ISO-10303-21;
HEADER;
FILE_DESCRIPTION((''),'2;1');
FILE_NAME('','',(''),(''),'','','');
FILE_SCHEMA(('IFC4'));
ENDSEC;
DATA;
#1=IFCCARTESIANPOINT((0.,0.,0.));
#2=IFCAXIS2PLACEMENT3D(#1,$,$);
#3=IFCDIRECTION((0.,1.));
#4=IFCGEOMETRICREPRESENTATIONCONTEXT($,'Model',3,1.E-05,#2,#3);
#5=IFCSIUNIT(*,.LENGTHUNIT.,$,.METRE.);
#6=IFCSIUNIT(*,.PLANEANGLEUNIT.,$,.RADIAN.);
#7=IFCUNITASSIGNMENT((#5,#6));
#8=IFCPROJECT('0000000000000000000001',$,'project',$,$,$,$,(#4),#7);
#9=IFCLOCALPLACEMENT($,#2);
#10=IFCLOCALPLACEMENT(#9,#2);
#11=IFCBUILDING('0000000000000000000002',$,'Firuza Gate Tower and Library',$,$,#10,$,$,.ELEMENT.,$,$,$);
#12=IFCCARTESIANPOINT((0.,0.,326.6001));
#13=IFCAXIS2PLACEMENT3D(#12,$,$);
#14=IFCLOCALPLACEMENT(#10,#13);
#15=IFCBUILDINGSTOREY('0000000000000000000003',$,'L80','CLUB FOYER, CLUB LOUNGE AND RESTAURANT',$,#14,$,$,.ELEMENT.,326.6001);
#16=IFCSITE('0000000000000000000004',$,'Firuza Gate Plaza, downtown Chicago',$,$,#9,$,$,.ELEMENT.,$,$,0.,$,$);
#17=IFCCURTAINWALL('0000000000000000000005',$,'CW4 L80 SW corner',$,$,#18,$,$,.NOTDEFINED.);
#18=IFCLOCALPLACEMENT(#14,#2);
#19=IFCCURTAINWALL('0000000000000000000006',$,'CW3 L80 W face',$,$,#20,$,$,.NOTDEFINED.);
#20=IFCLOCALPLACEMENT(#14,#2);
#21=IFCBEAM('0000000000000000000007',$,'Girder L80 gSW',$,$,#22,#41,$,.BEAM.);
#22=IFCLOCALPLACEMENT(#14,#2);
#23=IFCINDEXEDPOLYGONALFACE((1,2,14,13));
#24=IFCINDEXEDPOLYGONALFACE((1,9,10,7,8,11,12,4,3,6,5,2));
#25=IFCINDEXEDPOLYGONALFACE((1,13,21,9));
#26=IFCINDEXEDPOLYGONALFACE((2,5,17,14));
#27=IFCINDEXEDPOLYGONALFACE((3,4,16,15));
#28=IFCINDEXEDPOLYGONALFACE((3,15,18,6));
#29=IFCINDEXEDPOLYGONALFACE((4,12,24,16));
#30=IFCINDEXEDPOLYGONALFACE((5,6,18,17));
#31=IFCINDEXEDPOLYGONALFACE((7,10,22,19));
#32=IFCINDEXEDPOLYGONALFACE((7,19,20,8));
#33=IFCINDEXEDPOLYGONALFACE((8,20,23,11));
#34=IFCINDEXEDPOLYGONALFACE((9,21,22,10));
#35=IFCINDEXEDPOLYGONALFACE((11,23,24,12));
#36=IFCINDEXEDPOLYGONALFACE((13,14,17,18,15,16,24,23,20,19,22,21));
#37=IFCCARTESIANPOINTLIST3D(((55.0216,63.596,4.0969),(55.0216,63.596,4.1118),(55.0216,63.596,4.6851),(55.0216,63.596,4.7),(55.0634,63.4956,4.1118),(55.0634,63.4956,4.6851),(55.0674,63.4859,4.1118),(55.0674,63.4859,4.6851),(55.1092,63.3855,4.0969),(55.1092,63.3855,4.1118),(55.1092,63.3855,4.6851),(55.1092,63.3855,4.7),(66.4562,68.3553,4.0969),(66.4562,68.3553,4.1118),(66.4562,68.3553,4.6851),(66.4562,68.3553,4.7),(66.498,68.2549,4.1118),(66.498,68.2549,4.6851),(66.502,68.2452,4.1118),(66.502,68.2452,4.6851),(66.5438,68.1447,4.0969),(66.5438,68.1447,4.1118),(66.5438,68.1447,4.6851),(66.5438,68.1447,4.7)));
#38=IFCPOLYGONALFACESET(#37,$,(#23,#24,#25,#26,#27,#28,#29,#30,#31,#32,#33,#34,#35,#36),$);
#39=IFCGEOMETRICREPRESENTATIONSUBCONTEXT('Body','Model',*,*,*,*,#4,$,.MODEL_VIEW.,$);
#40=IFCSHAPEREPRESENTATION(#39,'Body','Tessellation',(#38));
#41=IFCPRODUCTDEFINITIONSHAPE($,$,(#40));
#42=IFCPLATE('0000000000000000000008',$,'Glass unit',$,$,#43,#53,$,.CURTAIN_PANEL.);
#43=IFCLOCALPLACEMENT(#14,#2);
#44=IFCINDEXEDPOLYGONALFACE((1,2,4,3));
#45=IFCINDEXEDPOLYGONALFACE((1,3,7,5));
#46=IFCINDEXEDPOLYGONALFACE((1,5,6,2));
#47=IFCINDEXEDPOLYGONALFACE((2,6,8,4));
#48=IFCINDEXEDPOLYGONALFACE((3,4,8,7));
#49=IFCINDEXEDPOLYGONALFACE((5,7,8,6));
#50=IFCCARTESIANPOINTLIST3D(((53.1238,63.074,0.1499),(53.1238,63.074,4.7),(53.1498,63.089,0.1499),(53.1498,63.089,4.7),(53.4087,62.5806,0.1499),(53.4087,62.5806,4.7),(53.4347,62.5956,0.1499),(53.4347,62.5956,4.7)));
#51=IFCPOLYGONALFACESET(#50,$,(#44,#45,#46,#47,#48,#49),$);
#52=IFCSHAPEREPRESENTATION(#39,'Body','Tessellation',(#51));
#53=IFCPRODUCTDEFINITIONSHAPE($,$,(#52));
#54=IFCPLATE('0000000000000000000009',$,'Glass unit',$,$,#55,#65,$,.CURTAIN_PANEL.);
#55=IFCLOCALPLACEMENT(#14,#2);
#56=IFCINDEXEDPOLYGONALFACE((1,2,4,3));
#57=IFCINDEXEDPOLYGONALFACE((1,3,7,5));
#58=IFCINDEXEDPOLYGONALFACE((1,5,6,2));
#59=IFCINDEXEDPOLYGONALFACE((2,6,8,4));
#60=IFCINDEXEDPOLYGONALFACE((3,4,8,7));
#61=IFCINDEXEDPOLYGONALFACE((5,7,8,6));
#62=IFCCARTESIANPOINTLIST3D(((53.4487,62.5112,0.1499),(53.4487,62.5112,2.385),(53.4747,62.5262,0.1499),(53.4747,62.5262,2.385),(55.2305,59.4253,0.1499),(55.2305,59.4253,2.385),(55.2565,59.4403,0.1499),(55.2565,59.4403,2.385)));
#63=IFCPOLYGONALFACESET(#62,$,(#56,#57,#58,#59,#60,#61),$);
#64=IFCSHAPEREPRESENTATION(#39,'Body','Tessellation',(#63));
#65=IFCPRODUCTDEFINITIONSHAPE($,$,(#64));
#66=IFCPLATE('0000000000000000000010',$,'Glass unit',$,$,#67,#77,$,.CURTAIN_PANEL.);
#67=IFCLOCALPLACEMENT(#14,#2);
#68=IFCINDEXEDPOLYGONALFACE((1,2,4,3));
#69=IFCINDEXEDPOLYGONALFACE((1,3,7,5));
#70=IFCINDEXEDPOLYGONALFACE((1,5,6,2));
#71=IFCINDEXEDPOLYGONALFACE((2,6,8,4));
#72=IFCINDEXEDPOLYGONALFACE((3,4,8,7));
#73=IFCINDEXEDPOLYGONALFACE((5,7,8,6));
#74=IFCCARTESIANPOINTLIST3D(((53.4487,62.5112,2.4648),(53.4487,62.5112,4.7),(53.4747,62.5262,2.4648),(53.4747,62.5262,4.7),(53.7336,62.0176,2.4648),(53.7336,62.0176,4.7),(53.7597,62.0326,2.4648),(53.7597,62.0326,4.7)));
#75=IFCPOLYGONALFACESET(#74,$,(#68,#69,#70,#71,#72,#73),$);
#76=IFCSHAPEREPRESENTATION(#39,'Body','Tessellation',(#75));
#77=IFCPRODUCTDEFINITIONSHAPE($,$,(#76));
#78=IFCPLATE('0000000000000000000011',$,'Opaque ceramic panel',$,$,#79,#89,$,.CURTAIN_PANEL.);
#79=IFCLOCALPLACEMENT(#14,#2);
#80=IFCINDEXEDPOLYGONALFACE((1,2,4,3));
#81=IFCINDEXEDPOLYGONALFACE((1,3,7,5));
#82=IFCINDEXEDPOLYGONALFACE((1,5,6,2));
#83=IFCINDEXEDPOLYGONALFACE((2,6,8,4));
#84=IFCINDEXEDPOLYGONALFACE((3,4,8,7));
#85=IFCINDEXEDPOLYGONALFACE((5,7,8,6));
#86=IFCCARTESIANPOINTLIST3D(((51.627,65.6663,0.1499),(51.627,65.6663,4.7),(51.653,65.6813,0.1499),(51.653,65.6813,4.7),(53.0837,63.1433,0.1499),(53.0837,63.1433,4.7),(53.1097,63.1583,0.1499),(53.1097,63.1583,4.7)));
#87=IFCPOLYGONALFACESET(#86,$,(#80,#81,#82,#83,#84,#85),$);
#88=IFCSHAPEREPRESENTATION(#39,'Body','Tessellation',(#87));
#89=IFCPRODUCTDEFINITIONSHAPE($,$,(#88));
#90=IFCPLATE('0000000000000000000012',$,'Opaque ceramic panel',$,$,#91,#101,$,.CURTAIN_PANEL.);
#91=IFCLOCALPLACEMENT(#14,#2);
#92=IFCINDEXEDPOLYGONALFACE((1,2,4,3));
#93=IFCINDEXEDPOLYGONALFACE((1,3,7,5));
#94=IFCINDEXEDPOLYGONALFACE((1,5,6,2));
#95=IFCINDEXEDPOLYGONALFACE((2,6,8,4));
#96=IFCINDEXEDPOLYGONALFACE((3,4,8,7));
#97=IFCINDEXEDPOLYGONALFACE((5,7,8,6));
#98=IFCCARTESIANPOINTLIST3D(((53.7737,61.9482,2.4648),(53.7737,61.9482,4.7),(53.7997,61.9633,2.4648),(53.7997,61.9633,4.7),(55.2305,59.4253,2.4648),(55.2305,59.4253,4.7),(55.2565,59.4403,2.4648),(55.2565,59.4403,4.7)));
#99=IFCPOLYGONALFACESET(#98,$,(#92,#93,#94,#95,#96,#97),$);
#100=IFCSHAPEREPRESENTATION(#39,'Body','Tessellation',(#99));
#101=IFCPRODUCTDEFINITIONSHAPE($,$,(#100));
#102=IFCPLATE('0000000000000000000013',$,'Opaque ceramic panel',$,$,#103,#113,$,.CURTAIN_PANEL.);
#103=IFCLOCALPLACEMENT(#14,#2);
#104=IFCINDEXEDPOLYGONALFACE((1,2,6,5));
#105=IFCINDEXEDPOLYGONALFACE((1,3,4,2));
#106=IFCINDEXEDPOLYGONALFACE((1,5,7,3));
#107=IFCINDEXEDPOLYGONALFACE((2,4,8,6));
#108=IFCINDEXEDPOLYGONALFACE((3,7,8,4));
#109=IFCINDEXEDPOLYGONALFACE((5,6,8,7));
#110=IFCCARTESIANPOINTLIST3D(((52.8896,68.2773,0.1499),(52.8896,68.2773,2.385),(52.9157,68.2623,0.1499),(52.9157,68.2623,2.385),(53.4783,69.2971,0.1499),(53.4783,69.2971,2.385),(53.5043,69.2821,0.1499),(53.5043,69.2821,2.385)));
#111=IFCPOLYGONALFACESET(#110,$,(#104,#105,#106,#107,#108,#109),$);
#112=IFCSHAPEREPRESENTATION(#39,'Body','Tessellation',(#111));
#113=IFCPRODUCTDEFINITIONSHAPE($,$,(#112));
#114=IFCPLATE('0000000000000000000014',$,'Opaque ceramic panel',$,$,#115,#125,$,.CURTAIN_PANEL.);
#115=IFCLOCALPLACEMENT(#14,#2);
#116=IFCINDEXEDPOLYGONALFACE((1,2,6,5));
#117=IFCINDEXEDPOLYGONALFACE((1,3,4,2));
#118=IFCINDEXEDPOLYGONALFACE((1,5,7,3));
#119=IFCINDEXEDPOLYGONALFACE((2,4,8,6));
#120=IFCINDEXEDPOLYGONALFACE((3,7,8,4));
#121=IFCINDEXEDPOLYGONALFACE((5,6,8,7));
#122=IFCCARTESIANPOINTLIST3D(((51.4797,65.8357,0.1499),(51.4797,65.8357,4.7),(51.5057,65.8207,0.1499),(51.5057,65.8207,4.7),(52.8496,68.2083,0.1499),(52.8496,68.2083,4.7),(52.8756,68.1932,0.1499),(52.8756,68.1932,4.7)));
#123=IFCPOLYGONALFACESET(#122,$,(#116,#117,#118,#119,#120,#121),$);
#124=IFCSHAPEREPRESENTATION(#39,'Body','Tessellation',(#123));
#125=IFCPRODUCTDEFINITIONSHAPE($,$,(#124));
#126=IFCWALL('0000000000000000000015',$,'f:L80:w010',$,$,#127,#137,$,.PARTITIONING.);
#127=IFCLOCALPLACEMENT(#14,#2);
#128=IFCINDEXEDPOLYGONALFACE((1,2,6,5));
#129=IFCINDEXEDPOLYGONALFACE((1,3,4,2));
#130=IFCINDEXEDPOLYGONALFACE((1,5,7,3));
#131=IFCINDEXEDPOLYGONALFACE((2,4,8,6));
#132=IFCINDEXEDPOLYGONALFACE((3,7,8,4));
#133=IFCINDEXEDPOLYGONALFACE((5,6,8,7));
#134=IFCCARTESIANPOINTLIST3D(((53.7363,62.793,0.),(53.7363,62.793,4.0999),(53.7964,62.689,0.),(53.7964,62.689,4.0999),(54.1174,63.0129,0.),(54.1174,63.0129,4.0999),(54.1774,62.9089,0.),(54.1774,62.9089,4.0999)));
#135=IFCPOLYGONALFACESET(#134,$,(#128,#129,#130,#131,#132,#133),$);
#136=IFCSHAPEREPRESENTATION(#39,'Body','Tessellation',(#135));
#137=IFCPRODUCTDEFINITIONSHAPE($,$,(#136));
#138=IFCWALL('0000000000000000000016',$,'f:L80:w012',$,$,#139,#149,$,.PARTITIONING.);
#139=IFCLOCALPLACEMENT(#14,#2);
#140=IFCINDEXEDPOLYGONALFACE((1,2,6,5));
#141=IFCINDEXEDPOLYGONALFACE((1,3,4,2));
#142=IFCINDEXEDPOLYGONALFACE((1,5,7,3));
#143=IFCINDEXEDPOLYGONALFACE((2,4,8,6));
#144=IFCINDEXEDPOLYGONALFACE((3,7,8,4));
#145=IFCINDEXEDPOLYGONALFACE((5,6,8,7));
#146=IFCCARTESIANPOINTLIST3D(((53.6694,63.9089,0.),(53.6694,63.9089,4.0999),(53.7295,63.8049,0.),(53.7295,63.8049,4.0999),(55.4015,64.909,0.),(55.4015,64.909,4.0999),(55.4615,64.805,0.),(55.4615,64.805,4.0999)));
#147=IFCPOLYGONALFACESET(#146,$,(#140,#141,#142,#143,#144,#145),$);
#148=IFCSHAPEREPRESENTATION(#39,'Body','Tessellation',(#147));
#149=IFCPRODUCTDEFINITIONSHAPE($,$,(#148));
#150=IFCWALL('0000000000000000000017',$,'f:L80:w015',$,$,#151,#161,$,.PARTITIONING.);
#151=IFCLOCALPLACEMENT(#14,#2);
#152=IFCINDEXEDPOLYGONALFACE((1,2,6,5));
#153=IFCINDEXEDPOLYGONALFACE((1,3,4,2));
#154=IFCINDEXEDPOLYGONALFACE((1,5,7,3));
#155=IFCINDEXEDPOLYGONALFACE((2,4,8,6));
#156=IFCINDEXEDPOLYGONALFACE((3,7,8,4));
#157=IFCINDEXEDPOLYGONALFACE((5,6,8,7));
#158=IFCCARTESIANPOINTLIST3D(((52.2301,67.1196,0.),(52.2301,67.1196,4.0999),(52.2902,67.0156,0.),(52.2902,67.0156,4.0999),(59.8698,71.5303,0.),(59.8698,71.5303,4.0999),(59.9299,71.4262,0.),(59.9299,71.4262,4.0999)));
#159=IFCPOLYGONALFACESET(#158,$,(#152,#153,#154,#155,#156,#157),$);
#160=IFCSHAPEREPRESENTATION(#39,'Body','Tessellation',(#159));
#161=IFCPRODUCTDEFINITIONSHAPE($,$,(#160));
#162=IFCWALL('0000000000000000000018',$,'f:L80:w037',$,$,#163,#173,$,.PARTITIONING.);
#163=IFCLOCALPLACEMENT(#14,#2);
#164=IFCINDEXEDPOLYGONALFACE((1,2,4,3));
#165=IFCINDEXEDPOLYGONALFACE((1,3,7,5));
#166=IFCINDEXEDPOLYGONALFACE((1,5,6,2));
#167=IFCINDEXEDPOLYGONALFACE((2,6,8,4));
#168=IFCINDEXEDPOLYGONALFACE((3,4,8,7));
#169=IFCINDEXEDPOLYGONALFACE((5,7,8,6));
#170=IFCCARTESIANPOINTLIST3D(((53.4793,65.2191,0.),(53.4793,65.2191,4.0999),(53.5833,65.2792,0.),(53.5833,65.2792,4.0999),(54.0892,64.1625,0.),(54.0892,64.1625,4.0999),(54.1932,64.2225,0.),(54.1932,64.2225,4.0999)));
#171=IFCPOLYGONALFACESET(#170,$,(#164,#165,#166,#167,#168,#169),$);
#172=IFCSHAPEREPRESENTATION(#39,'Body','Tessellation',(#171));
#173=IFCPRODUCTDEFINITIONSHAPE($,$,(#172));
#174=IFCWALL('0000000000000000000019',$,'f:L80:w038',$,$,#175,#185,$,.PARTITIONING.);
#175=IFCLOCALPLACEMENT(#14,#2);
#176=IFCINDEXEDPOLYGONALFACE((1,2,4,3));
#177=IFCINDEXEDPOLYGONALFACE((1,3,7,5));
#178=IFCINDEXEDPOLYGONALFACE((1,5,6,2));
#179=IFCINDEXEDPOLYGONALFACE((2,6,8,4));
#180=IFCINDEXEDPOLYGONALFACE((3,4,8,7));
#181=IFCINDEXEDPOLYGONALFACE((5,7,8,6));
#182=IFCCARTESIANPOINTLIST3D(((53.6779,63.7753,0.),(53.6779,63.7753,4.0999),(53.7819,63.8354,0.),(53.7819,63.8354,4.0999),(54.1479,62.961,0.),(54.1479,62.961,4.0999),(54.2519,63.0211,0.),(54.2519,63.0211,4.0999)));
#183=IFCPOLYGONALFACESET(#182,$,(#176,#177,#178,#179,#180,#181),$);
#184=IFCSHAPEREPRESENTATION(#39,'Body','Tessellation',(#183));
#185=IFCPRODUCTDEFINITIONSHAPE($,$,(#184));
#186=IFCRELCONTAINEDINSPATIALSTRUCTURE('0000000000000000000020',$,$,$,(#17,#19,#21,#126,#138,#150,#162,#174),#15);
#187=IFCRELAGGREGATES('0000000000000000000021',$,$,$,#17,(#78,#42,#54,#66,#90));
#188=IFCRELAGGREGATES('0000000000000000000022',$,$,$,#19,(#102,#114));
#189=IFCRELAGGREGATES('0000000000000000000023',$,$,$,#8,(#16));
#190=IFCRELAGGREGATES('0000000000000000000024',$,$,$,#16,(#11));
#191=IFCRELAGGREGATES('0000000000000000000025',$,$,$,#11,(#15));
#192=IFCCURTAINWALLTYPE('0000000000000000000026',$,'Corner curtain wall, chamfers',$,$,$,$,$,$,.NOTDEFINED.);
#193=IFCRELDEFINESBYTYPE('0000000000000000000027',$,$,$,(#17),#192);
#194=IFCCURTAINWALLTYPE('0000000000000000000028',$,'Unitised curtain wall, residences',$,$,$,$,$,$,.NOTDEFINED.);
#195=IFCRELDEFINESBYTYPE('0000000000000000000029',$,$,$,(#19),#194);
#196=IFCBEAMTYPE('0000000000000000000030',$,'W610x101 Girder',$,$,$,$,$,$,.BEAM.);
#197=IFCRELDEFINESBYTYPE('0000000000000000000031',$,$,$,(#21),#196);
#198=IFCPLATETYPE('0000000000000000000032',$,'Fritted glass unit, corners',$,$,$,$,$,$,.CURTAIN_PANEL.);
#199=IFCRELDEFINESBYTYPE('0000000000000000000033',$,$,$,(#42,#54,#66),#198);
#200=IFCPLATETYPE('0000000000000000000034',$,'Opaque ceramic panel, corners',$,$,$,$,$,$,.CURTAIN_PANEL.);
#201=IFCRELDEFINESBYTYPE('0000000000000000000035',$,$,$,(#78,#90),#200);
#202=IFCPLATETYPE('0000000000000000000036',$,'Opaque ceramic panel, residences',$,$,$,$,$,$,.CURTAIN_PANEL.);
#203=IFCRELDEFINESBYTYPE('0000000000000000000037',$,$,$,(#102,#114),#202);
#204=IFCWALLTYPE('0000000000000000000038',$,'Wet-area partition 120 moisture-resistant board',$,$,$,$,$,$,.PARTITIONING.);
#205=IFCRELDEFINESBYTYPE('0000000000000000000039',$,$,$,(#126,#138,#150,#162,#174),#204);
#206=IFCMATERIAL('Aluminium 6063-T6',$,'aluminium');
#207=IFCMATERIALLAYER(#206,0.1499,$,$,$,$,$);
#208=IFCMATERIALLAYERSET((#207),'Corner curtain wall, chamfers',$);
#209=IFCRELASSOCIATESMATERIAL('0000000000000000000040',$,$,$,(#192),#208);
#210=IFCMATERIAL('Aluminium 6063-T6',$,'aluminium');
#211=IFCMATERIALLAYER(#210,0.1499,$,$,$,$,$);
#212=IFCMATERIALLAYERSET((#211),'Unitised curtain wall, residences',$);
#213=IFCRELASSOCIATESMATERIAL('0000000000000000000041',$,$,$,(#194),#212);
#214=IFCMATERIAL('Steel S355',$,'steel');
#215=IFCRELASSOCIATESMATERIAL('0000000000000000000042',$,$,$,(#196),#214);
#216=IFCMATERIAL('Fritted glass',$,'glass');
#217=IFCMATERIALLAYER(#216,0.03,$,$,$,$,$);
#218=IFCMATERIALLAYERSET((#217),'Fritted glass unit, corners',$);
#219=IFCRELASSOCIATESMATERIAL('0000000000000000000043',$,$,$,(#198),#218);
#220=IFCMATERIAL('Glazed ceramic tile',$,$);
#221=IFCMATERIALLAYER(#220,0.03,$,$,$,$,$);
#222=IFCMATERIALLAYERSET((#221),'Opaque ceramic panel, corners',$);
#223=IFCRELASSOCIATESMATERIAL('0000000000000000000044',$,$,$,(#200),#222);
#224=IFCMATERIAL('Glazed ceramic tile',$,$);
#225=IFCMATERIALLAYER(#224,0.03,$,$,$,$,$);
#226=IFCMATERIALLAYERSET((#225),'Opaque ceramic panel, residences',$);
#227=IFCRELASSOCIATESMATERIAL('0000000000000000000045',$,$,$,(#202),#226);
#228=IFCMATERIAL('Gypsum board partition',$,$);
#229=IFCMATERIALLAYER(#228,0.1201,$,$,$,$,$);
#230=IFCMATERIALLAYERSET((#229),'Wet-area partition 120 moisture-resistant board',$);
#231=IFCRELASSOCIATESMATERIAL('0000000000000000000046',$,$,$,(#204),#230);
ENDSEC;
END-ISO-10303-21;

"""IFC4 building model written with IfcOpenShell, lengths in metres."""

from ifc_helpers import new_model, si_unit, direction, frame, frame_2d, origin, origin_2d, place, context, subcontext, project, spatial, polyline, rectangle, i_section, outline, extrude, material, layer, layer_set, material_profile, profile_set, type_object, element, aggregate, save


model = new_model("IFC4")

# Units and contexts
model_context = context("Model", 3, precision=1e-05, world=origin(), true_north=direction((0.0, 1.0)))
body_context = subcontext(model_context, "Body", "Model", "MODEL_VIEW")
ifc_project = project(units=[si_unit("LENGTHUNIT", "METRE"), si_unit("PLANEANGLEUNIT", "RADIAN")], contexts=[model_context])

# Site, building, storey
site_placement = place(None, origin())
site = spatial("IfcSite", under=ifc_project, at=site_placement, Name="Firuza Gate Plaza, downtown Chicago", CompositionType="ELEMENT", RefElevation=0.0)
building_placement = place(site_placement, origin())
building = spatial("IfcBuilding", under=site, at=building_placement, Name="Firuza Gate Tower and Library", CompositionType="ELEMENT")
storey_placement = place(building_placement, frame((0.0, 0.0, 326.6001)))
storey = spatial("IfcBuildingStorey", under=building, at=storey_placement, Name="L80", Description="CLUB FOYER, CLUB LOUNGE AND RESTAURANT", CompositionType="ELEMENT", Elevation=326.6001)

# Curtain walls
ifc_material_1 = material(Name="Aluminium 6063-T6", Category="aluminium")
ifc_layer_1 = layer(ifc_material_1, 0.1499)
ifc_layer_set_1 = layer_set([ifc_layer_1], Name="Corner curtain wall, chamfers")
curtain_wall_type_1 = type_object("IfcCurtainWallType", Name="Corner curtain wall, chamfers", PredefinedType="NOTDEFINED", material=ifc_layer_set_1)
placement = place(storey_placement, origin())
curtain_wall_1 = element("IfcCurtainWall", 1, at=placement, inside=storey, type_object=curtain_wall_type_1, Name="CW4 L80 SW corner", PredefinedType="NOTDEFINED")
ifc_material_2 = material(Name="Aluminium 6063-T6", Category="aluminium")
ifc_layer_2 = layer(ifc_material_2, 0.1499)
ifc_layer_set_2 = layer_set([ifc_layer_2], Name="Unitised curtain wall, residences")
curtain_wall_type_2 = type_object("IfcCurtainWallType", Name="Unitised curtain wall, residences", PredefinedType="NOTDEFINED", material=ifc_layer_set_2)
curtain_wall_2 = element("IfcCurtainWall", 2, at=placement, inside=storey, type_object=curtain_wall_type_2, Name="CW3 L80 W face", PredefinedType="NOTDEFINED")

# Beam
ifc_material_3 = material(Name="Steel S355", Category="steel")
ifc_material_profile_1 = material_profile(ifc_material_3, i_section(OverallWidth=0.228, OverallDepth=0.603, WebThickness=0.0105, FlangeThickness=0.0149, at=origin_2d()))
ifc_profile_set_1 = profile_set([ifc_material_profile_1], Name="Steel S355")
beam_type_1 = type_object("IfcBeamType", Name="W610x101 Girder", PredefinedType="BEAM", material=ifc_profile_set_1)
beam_1_placement = place(storey_placement, frame((55.0654, 63.4907, 4.3984), z_axis=(0.923224, 0.384263, 0.0), x_axis=(-0.384263, 0.923224, 0.0)))
element("IfcBeam", 3, at=beam_1_placement, inside=storey, type_object=beam_type_1, Name="Girder L80 gSW", PredefinedType="BEAM", context=body_context, shape_type="SweptSolid", body=[
    extrude(i_section(OverallWidth=0.228, OverallDepth=0.603, WebThickness=0.0105, FlangeThickness=0.0149, at=origin_2d()), origin(), (0.0, 0.0, 1.0), 12.3855),
])

# Plates
ifc_material_4 = material(Name="Fritted glass", Category="glass")
ifc_layer_3 = layer(ifc_material_4, 0.03)
ifc_layer_set_3 = layer_set([ifc_layer_3], Name="Fritted glass unit, corners")
plate_type_1 = type_object("IfcPlateType", Name="Fritted glass unit, corners", PredefinedType="CURTAIN_PANEL", material=ifc_layer_set_3)
plate_1_placement = place(storey_placement, frame((53.1238, 63.074, 0.1499), z_axis=(-0.865993, -0.500056, 0.0), x_axis=(0.500056, -0.865993, 0.0)))
plate_1 = element("IfcPlate", 4, at=plate_1_placement, type_object=plate_type_1, Name="Glass unit", PredefinedType="CURTAIN_PANEL", context=body_context, shape_type="SweptSolid", body=[
    extrude(outline(polyline([(0.0, 0.0), (0.5698, 0.0), (0.5698, 4.55), (0.0, 4.55), (0.0, 0.0)])), origin(), (0.0, 0.0, -1.0), 0.03),
])
plate_2_placement = place(storey_placement, frame((53.4487, 62.5112, 0.1499), z_axis=(-0.866017, -0.500015, 0.0), x_axis=(0.500015, -0.866017, 0.0)))
plate_2 = element("IfcPlate", 5, at=plate_2_placement, type_object=plate_type_1, Name="Glass unit", PredefinedType="CURTAIN_PANEL", context=body_context, shape_type="SweptSolid", body=[
    extrude(outline(polyline([(0.0, 0.0), (3.5634, 0.0), (3.5634, 2.2351), (0.0, 2.2351), (0.0, 0.0)])), origin(), (0.0, 0.0, -1.0), 0.03),
])
plate_3_placement = place(storey_placement, frame((53.4487, 62.5112, 2.4648), z_axis=(-0.8661, -0.499871, 0.0), x_axis=(0.499871, -0.8661, 0.0)))
plate_3 = element("IfcPlate", 6, at=plate_3_placement, type_object=plate_type_1, Name="Glass unit", PredefinedType="CURTAIN_PANEL", context=body_context, shape_type="SweptSolid", body=[
    extrude(outline(polyline([(0.0, 0.0), (0.57, 0.0), (0.57, 2.2351), (0.0, 2.2351), (0.0, 0.0)])), origin(), (0.0, 0.0, -1.0), 0.03),
])
ifc_material_5 = material(Name="Glazed ceramic tile")
ifc_layer_4 = layer(ifc_material_5, 0.03)
ifc_layer_set_4 = layer_set([ifc_layer_4], Name="Opaque ceramic panel, corners")
plate_type_2 = type_object("IfcPlateType", Name="Opaque ceramic panel, corners", PredefinedType="CURTAIN_PANEL", material=ifc_layer_set_4)
plate_4_placement = place(storey_placement, frame((51.627, 65.6663, 0.1499), z_axis=(-0.866001, -0.500042, 0.0), x_axis=(0.500042, -0.866001, 0.0)))
plate_4 = element("IfcPlate", 7, at=plate_4_placement, type_object=plate_type_2, Name="Opaque ceramic panel", PredefinedType="CURTAIN_PANEL", context=body_context, shape_type="SweptSolid", body=[
    extrude(outline(polyline([(0.0, 0.0), (2.9133, 0.0), (2.9133, 4.55), (0.0, 4.55), (0.0, 0.0)])), origin(), (0.0, 0.0, -1.0), 0.03),
])
plate_5_placement = place(storey_placement, frame((53.7737, 61.9482, 2.4648), z_axis=(-0.866001, -0.500042, 0.0), x_axis=(0.500042, -0.866001, 0.0)))
plate_5 = element("IfcPlate", 8, at=plate_5_placement, type_object=plate_type_2, Name="Opaque ceramic panel", PredefinedType="CURTAIN_PANEL", context=body_context, shape_type="SweptSolid", body=[
    extrude(outline(polyline([(0.0, 0.0), (2.9133, 0.0), (2.9133, 2.2351), (0.0, 2.2351), (0.0, 0.0)])), origin(), (0.0, 0.0, -1.0), 0.03),
])
aggregate(curtain_wall_1, [plate_4, plate_1, plate_2, plate_3, plate_5])
ifc_material_6 = material(Name="Glazed ceramic tile")
ifc_layer_5 = layer(ifc_material_6, 0.03)
ifc_layer_set_5 = layer_set([ifc_layer_5], Name="Opaque ceramic panel, residences")
plate_type_3 = type_object("IfcPlateType", Name="Opaque ceramic panel, residences", PredefinedType="CURTAIN_PANEL", material=ifc_layer_set_5)
plate_6_placement = place(storey_placement, frame((53.4783, 69.2971, 0.1499), z_axis=(-0.866079, 0.499908, 0.0), x_axis=(-0.499908, -0.866079, 0.0)))
plate_6 = element("IfcPlate", 9, at=plate_6_placement, type_object=plate_type_3, Name="Opaque ceramic panel", PredefinedType="CURTAIN_PANEL", context=body_context, shape_type="SweptSolid", body=[
    extrude(outline(polyline([(0.0, 0.0), (1.1775, 0.0), (1.1775, 2.2351), (0.0, 2.2351), (0.0, 0.0)])), origin(), (0.0, 0.0, -1.0), 0.03),
])
plate_7_placement = place(storey_placement, frame((52.8496, 68.2083, 0.1499), z_axis=(-0.866013, 0.500021, 0.0), x_axis=(-0.500021, -0.866013, 0.0)))
plate_7 = element("IfcPlate", 10, at=plate_7_placement, type_object=plate_type_3, Name="Opaque ceramic panel", PredefinedType="CURTAIN_PANEL", context=body_context, shape_type="SweptSolid", body=[
    extrude(outline(polyline([(0.0, 0.0), (2.7396, 0.0), (2.7396, 4.55), (0.0, 4.55), (0.0, 0.0)])), origin(), (0.0, 0.0, -1.0), 0.03),
])
aggregate(curtain_wall_2, [plate_6, plate_7])

# Walls
ifc_material_7 = material(Name="Gypsum board partition")
ifc_layer_6 = layer(ifc_material_7, 0.1201)
ifc_layer_set_6 = layer_set([ifc_layer_6], Name="Wet-area partition 120 moisture-resistant board")
wall_type = type_object("IfcWallType", Name="Wet-area partition 120 moisture-resistant board", PredefinedType="PARTITIONING", material=ifc_layer_set_6)
wall_1_placement = place(storey_placement, frame((53.7664, 62.741, 0.0), z_axis=(0.0, 0.0, 1.0), x_axis=(0.866084, 0.499899, 0.0)))
element("IfcWall", 11, at=wall_1_placement, inside=storey, type_object=wall_type, Name="f:L80:w010", PredefinedType="PARTITIONING", context=body_context, shape_type="SweptSolid", body=[
    extrude(rectangle(XDim=0.4399, YDim=0.1201, at=frame_2d((0.22, 0.0))), origin(), (0.0, 0.0, 1.0), 4.0999),
])
wall_2_placement = place(storey_placement, frame((53.6995, 63.8569, 0.0), z_axis=(0.0, 0.0, 1.0), x_axis=(0.866011, 0.500025, 0.0)))
element("IfcWall", 12, at=wall_2_placement, inside=storey, type_object=wall_type, Name="f:L80:w012", PredefinedType="PARTITIONING", context=body_context, shape_type="SweptSolid", body=[
    extrude(rectangle(XDim=2.0, YDim=0.1201, at=frame_2d((1.0, 0.0))), origin(), (0.0, 0.0, 1.0), 4.0999),
])
wall_3_placement = place(storey_placement, frame((52.2603, 67.0676, 0.0), z_axis=(0.0, 0.0, 1.0), x_axis=(0.866031, 0.499991, 0.0)))
element("IfcWall", 13, at=wall_3_placement, inside=storey, type_object=wall_type, Name="f:L80:w015", PredefinedType="PARTITIONING", context=body_context, shape_type="SweptSolid", body=[
    extrude(rectangle(XDim=8.8215, YDim=0.1201, at=frame_2d((4.4106, 0.0))), origin(), (0.0, 0.0, 1.0), 4.0999),
])
wall_4_placement = place(storey_placement, frame((54.1411, 64.1926, 0.0), z_axis=(0.0, 0.0, 1.0), x_axis=(-0.499884, 0.866092, 0.0)))
element("IfcWall", 14, at=wall_4_placement, inside=storey, type_object=wall_type, Name="f:L80:w037", PredefinedType="PARTITIONING", context=body_context, shape_type="SweptSolid", body=[
    extrude(rectangle(XDim=1.22, YDim=0.1201, at=frame_2d((0.6099, 0.0))), origin(), (0.0, 0.0, 1.0), 4.0999),
])
wall_5_placement = place(storey_placement, frame((54.2, 62.991, 0.0), z_axis=(0.0, 0.0, 1.0), x_axis=(-0.49991, 0.866077, 0.0)))
element("IfcWall", 15, at=wall_5_placement, inside=storey, type_object=wall_type, Name="f:L80:w038", PredefinedType="PARTITIONING", context=body_context, shape_type="SweptSolid", body=[
    extrude(rectangle(XDim=0.9402, YDim=0.1201, at=frame_2d((0.4702, 0.0))), origin(), (0.0, 0.0, 1.0), 4.0999),
])

save(model, "model.ifc")
